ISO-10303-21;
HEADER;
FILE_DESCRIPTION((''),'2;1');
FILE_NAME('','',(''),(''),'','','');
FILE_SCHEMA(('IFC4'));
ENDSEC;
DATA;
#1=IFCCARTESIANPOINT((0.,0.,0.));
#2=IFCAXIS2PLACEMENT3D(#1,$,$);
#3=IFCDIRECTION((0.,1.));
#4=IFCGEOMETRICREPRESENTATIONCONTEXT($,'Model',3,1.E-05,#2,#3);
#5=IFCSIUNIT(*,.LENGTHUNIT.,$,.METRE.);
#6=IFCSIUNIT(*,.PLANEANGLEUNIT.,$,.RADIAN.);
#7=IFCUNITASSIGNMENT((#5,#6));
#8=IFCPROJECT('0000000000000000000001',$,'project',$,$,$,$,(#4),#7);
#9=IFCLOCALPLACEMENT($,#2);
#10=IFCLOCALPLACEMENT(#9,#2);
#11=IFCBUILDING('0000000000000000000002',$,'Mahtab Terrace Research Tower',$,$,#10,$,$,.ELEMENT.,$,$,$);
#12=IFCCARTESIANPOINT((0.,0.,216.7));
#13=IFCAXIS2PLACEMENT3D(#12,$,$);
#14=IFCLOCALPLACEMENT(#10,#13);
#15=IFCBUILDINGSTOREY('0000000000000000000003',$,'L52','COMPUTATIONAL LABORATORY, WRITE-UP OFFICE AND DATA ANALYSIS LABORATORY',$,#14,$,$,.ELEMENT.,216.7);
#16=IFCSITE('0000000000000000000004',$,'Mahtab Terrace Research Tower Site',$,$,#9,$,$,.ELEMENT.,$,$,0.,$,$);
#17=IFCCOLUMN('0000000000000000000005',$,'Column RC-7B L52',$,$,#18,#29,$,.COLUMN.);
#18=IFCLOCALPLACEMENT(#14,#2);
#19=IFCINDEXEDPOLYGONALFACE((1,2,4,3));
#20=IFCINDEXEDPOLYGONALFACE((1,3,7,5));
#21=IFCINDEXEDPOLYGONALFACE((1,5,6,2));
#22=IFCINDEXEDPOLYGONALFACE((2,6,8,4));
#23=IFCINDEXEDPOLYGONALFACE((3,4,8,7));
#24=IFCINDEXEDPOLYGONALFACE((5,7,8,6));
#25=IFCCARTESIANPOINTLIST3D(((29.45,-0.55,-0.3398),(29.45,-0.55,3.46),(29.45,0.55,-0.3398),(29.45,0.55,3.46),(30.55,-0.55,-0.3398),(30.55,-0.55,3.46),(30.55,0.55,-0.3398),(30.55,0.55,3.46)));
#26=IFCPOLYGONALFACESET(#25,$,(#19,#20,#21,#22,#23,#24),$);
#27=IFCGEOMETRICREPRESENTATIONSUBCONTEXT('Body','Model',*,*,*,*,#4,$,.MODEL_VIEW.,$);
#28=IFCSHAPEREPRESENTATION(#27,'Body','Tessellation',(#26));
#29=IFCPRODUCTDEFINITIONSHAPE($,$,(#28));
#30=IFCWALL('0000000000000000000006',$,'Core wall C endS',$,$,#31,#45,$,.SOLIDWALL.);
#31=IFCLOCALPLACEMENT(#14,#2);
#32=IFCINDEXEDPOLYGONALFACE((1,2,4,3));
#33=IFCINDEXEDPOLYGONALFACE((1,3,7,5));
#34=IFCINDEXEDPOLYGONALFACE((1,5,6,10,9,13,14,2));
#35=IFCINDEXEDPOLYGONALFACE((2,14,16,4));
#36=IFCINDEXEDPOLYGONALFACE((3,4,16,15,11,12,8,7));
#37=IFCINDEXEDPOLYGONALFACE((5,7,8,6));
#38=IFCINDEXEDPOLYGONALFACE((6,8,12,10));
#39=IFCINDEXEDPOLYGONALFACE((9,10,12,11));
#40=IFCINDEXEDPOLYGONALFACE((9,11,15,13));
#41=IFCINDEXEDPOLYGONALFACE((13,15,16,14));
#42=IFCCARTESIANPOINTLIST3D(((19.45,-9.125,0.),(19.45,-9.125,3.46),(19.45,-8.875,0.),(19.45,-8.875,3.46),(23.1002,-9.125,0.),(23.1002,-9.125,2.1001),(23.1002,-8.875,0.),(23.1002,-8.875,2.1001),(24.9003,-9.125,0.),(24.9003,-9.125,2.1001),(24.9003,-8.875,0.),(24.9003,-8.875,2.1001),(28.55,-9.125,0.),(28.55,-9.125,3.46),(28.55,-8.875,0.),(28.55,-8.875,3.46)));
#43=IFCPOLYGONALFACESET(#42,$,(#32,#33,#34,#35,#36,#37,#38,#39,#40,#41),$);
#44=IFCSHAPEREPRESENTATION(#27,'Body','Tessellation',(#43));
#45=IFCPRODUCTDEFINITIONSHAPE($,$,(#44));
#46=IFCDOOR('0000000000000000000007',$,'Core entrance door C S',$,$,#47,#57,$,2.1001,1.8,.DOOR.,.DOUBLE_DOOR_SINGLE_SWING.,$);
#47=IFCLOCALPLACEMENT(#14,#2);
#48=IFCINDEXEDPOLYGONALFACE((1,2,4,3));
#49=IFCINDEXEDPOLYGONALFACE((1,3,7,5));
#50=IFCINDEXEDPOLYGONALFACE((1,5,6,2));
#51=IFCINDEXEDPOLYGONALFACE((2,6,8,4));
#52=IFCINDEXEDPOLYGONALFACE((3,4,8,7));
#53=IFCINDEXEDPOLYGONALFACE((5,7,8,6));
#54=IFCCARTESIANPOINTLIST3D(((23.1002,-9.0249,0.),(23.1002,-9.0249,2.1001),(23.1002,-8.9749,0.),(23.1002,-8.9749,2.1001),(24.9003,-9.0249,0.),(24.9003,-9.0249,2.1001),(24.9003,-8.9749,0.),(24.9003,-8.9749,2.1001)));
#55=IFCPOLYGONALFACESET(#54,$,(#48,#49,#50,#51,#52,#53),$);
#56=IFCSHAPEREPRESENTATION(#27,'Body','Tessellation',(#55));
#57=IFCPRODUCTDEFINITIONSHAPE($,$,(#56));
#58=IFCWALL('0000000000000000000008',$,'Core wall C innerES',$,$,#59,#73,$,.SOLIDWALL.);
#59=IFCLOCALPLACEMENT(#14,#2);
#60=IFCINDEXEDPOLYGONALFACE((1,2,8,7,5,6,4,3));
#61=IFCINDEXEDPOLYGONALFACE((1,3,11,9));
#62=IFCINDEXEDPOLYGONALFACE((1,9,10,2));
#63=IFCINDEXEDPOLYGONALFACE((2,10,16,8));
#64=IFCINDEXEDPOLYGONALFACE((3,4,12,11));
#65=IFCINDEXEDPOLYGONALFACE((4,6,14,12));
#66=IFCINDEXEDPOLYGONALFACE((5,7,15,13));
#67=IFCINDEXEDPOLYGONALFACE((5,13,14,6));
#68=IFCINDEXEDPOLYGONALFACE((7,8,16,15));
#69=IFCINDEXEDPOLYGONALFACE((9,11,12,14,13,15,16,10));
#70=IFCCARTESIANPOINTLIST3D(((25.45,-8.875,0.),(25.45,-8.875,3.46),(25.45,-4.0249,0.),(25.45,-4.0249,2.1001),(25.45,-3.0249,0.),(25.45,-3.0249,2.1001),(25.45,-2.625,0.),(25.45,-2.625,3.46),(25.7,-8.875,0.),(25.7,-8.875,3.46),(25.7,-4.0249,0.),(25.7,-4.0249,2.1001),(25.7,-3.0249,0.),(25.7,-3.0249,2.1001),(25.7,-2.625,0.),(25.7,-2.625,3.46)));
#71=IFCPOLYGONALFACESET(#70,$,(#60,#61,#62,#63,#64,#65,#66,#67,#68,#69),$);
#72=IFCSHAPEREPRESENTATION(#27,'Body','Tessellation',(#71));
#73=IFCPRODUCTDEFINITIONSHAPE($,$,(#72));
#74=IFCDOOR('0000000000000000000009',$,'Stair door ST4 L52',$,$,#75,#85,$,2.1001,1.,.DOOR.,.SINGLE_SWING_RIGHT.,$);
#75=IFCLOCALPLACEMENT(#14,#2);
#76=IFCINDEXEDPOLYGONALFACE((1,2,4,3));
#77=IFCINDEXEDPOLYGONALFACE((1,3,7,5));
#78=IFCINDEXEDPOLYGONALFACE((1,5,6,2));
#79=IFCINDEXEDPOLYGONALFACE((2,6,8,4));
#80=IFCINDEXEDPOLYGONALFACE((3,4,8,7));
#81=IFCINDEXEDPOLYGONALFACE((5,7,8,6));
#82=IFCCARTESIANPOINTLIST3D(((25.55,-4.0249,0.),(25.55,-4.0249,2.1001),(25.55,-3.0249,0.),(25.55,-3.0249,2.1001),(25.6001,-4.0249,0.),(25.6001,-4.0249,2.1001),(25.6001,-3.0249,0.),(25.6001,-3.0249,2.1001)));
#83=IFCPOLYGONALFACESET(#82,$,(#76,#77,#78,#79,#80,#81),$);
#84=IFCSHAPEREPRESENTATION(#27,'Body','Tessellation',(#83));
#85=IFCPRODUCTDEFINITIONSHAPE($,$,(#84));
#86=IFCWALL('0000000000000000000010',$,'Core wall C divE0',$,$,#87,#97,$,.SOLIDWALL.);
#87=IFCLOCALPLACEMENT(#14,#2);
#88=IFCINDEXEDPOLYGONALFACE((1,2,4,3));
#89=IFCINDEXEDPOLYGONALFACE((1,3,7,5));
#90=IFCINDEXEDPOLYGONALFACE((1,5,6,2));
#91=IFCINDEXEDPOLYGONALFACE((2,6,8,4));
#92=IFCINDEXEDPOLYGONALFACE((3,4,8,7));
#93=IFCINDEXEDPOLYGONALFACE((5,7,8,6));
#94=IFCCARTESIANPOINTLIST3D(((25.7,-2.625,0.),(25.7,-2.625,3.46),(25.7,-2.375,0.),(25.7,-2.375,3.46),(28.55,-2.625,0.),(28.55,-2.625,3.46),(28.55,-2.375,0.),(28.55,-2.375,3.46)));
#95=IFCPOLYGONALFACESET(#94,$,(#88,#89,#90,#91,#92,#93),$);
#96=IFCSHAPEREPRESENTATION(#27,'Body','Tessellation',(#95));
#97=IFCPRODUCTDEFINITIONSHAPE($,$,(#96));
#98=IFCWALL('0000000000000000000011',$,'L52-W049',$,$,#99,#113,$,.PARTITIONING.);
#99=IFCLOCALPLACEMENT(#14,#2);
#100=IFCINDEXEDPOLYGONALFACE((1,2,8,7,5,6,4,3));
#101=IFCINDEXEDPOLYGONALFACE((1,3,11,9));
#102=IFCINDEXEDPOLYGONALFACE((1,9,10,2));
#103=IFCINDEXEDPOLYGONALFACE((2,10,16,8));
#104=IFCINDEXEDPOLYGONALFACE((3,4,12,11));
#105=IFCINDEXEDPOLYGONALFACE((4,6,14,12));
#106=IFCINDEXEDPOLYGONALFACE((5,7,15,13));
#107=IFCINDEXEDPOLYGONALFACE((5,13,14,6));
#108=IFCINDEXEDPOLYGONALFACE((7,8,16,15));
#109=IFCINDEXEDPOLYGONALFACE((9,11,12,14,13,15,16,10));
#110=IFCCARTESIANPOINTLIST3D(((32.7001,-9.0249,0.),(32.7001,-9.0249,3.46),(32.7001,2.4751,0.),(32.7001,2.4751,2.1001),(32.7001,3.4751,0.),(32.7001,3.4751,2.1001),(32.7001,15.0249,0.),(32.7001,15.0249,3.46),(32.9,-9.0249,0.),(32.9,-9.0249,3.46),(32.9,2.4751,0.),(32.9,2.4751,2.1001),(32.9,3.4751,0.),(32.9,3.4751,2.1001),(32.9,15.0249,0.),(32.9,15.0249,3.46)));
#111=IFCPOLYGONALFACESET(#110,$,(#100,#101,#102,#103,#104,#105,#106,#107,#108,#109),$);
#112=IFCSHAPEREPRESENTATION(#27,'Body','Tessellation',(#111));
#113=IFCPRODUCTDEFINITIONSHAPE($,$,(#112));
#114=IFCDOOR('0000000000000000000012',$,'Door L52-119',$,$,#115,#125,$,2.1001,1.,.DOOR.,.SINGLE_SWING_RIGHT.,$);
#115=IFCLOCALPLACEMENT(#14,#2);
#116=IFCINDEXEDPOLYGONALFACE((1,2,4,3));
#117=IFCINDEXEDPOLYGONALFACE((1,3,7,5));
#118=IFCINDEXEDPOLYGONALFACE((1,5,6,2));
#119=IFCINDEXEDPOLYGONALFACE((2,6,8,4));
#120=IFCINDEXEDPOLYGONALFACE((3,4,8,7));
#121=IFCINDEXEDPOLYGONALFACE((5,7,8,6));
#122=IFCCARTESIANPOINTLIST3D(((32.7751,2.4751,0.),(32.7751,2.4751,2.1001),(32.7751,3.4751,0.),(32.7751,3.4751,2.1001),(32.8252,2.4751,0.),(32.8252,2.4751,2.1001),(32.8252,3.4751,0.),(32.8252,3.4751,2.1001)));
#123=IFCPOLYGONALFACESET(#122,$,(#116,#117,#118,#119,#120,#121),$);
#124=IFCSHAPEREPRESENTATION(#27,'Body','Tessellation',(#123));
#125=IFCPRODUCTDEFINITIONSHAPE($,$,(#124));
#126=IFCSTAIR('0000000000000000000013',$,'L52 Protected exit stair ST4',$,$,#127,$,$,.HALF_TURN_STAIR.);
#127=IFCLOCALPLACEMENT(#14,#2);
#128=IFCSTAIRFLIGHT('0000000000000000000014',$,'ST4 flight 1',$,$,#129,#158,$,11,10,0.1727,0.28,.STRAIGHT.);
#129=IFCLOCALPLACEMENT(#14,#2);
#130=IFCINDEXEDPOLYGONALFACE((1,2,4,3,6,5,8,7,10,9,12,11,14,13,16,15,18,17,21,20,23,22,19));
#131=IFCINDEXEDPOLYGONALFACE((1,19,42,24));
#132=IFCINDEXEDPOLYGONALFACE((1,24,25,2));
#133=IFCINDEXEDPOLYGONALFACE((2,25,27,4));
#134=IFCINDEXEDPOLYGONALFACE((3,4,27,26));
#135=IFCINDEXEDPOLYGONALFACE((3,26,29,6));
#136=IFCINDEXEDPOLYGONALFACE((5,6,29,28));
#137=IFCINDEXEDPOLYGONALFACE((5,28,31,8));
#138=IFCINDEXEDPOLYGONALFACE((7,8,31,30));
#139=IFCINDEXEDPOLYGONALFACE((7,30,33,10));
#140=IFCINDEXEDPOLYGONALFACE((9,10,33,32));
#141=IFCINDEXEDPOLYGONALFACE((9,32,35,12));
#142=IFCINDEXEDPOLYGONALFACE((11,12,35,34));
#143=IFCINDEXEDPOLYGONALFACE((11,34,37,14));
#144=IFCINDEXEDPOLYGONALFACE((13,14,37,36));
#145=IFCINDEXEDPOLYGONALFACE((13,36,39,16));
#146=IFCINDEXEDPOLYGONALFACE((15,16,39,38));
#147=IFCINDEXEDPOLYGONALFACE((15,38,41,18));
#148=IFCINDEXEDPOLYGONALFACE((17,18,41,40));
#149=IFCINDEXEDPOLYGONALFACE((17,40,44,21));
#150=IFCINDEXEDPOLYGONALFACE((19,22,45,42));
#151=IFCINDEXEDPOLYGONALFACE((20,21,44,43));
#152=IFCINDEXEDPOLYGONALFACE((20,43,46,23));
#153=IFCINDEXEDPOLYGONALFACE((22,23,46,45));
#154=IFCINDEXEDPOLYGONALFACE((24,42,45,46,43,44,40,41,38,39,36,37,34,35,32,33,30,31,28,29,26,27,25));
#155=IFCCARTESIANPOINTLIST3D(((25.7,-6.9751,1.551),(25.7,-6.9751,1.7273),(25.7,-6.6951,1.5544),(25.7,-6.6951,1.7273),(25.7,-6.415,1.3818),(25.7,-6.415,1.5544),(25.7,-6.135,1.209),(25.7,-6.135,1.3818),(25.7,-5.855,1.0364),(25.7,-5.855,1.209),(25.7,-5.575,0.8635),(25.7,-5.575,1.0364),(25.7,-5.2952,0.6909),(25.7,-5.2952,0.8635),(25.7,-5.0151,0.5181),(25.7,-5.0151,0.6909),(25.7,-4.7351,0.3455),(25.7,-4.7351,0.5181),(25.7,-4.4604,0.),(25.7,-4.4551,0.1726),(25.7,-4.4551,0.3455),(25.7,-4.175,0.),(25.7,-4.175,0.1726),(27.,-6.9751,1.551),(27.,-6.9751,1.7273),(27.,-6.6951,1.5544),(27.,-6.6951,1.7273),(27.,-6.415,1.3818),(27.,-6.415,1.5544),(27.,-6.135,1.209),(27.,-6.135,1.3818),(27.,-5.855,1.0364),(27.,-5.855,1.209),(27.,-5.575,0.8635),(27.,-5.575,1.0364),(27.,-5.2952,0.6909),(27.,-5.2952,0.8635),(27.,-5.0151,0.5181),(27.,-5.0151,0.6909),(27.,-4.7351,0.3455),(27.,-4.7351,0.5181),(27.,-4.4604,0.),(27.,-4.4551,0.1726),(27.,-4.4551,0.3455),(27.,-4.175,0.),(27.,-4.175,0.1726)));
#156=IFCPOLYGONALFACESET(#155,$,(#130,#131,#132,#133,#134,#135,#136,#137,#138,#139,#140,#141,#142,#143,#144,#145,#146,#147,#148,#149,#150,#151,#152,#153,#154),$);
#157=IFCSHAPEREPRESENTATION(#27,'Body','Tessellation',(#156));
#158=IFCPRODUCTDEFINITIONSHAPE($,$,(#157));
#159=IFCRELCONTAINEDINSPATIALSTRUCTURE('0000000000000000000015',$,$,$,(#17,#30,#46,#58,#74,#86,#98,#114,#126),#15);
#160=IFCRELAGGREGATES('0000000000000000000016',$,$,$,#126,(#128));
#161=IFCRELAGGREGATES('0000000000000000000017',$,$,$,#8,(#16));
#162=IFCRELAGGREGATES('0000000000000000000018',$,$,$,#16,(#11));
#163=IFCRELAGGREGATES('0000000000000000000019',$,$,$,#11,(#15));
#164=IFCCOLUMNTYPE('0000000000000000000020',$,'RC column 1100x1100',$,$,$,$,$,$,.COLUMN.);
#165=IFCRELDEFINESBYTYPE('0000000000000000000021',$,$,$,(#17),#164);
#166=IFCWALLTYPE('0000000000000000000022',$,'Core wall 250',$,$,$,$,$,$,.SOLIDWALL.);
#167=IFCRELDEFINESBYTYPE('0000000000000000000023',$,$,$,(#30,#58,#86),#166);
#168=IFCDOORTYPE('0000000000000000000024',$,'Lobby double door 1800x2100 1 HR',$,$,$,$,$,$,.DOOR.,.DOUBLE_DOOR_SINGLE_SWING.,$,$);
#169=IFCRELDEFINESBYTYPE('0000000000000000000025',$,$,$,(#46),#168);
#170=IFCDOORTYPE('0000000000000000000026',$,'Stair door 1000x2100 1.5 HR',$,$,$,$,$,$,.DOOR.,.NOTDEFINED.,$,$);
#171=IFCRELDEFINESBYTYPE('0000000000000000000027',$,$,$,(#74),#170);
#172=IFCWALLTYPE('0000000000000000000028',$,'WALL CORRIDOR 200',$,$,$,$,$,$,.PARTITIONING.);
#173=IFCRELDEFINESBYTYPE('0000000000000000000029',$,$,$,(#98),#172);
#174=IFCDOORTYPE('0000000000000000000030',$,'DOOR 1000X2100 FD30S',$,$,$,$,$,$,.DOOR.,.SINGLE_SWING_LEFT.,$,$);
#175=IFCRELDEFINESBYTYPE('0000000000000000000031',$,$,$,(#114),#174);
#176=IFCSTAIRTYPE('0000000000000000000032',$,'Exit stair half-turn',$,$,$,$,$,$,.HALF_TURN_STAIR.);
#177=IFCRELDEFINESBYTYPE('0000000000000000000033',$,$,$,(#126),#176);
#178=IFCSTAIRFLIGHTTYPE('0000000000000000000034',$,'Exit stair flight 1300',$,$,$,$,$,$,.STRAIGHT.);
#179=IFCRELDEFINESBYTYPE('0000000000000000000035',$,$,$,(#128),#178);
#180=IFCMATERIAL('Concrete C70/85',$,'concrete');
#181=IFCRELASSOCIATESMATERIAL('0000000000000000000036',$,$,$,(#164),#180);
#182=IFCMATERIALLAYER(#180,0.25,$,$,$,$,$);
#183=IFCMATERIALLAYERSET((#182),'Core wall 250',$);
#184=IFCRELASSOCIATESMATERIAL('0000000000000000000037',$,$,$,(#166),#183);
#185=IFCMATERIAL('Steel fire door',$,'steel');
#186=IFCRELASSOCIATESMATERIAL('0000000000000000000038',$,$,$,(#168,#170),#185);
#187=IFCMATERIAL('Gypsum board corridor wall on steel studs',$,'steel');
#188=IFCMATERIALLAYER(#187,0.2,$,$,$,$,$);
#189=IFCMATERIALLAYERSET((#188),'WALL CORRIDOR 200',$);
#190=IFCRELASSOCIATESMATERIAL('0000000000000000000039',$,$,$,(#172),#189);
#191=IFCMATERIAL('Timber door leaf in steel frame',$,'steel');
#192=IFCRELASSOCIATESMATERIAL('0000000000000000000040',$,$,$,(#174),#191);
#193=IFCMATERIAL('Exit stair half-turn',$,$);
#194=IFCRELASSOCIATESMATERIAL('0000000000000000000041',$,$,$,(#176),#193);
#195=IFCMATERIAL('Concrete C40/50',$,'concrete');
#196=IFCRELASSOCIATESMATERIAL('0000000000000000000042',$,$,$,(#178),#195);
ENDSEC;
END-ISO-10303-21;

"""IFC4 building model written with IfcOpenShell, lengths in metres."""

from ifc_helpers import new_model, si_unit, direction, frame, frame_2d, origin, origin_2d, place, context, subcontext, project, spatial, polyline, rectangle, outline, extrude, material, layer, layer_set, material_profile, profile_set, type_object, element, fill, aggregate, save


model = new_model("IFC4")

# Units and contexts
model_context = context("Model", 3, precision=1e-05, world=origin(), true_north=direction((0.0, 1.0)))
body_context = subcontext(model_context, "Body", "Model", "MODEL_VIEW")
ifc_project = project(units=[si_unit("LENGTHUNIT", "METRE"), si_unit("PLANEANGLEUNIT", "RADIAN")], contexts=[model_context])

# Site, building, storey
site_placement = place(None, origin())
site = spatial("IfcSite", under=ifc_project, at=site_placement, Name="Mahtab Terrace Research Tower Site", CompositionType="ELEMENT", RefElevation=0.0)
building_placement = place(site_placement, origin())
building = spatial("IfcBuilding", under=site, at=building_placement, Name="Mahtab Terrace Research Tower", CompositionType="ELEMENT")
storey_placement = place(building_placement, frame((0.0, 0.0, 216.7)))
storey = spatial("IfcBuildingStorey", under=building, at=storey_placement, Name="L52", Description="COMPUTATIONAL LABORATORY, WRITE-UP OFFICE AND DATA ANALYSIS LABORATORY", CompositionType="ELEMENT", Elevation=216.7)

# Column
ifc_material_1 = material(Name="Concrete C70/85", Category="concrete")
ifc_material_profile = material_profile(ifc_material_1, rectangle(XDim=1.1001, YDim=1.1001, at=origin_2d()), Name="RC column 1100x1100")
ifc_profile_set = profile_set([ifc_material_profile], Name="Concrete C70/85")
column_type = type_object("IfcColumnType", Name="RC column 1100x1100", PredefinedType="COLUMN", material=ifc_profile_set)
column_placement = place(storey_placement, frame((30.0, 0.0, -0.3398), z_axis=(0.0, 0.0, 1.0), x_axis=(1.0, 0.0, 0.0)))
element("IfcColumn", 1, at=column_placement, inside=storey, type_object=column_type, Name="Column RC-7B L52", PredefinedType="COLUMN", context=body_context, shape_type="SweptSolid", body=[
    extrude(rectangle(XDim=1.1001, YDim=1.1001, at=origin_2d()), origin(), (0.0, 0.0, 1.0), 3.7998),
])

# Walls, openings, doors
ifc_layer_1 = layer(ifc_material_1, 0.25)
ifc_layer_set_1 = layer_set([ifc_layer_1], Name="Core wall 250")
wall_type_1 = type_object("IfcWallType", Name="Core wall 250", PredefinedType="SOLIDWALL", material=ifc_layer_set_1)
wall_1_placement = place(storey_placement, frame((28.55, -9.0, 0.0), z_axis=(0.0, 0.0, 1.0), x_axis=(-1.0, 0.0, 0.0)))
wall_1 = element("IfcWall", 2, at=wall_1_placement, inside=storey, type_object=wall_type_1, Name="Core wall C endS", PredefinedType="SOLIDWALL", context=body_context, shape_type="SweptSolid", body=[
    extrude(rectangle(XDim=9.1001, YDim=0.25, at=frame_2d((4.55, 0.0))), origin(), (0.0, 0.0, 1.0), 3.46),
])
opening_1_placement = place(wall_1_placement, frame((3.6499, 0.0, 0.0)))
opening_1 = element("IfcOpeningElement", 3, at=opening_1_placement, cuts=wall_1, PredefinedType="OPENING", context=body_context, shape_type="SweptSolid", body=[
    extrude(rectangle(XDim=1.8, YDim=2.1001, at=frame_2d((0.8999, 1.05))), frame((0.0, 0.135, 0.0), z_axis=(0.0, -1.0, 0.0), x_axis=(1.0, 0.0, 0.0)), (0.0, 0.0, 1.0), 0.27),
])
ifc_material_2 = material(Name="Steel fire door", Category="steel")
door_type_1 = type_object("IfcDoorType", Name="Lobby double door 1800x2100 1 HR", OperationType="DOUBLE_DOOR_SINGLE_SWING", PredefinedType="DOOR", material=ifc_material_2)
door_1_placement = place(opening_1_placement, origin())
door_1 = element("IfcDoor", 4, at=door_1_placement, inside=storey, type_object=door_type_1, Name="Core entrance door C S", OperationType="DOUBLE_DOOR_SINGLE_SWING", OverallHeight=2.1001, OverallWidth=1.8, PredefinedType="DOOR", context=body_context, shape_type="SweptSolid", body=[
    extrude(rectangle(XDim=1.8, YDim=2.1001, at=frame_2d((0.8999, 1.05))), frame((0.0, 0.0249, 0.0), z_axis=(0.0, -1.0, 0.0), x_axis=(1.0, 0.0, 0.0)), (0.0, 0.0, 1.0), 0.05),
])
fill(opening_1, door_1)
wall_2_placement = place(storey_placement, frame((25.575, -8.875, 0.0), z_axis=(0.0, 0.0, 1.0), x_axis=(0.0, 1.0, 0.0)))
wall_2 = element("IfcWall", 5, at=wall_2_placement, inside=storey, type_object=wall_type_1, Name="Core wall C innerES", PredefinedType="SOLIDWALL", context=body_context, shape_type="SweptSolid", body=[
    extrude(rectangle(XDim=6.25, YDim=0.25, at=frame_2d((3.125, 0.0))), origin(), (0.0, 0.0, 1.0), 3.46),
])
opening_2_placement = place(wall_2_placement, frame((4.8501, 0.0, 0.0)))
opening_2 = element("IfcOpeningElement", 6, at=opening_2_placement, cuts=wall_2, PredefinedType="OPENING", context=body_context, shape_type="SweptSolid", body=[
    extrude(rectangle(XDim=1.0, YDim=2.1001, at=frame_2d((0.5, 1.05))), frame((0.0, 0.135, 0.0), z_axis=(0.0, -1.0, 0.0), x_axis=(1.0, 0.0, 0.0)), (0.0, 0.0, 1.0), 0.27),
])
door_type_2 = type_object("IfcDoorType", Name="Stair door 1000x2100 1.5 HR", OperationType="NOTDEFINED", PredefinedType="DOOR", material=ifc_material_2)
door_2_placement = place(opening_2_placement, origin())
door_2 = element("IfcDoor", 7, at=door_2_placement, inside=storey, type_object=door_type_2, Name="Stair door ST4 L52", OperationType="SINGLE_SWING_RIGHT", OverallHeight=2.1001, OverallWidth=1.0, PredefinedType="DOOR", context=body_context, shape_type="SweptSolid", body=[
    extrude(rectangle(XDim=1.0, YDim=2.1001, at=frame_2d((0.5, 1.05))), frame((0.0, 0.0249, 0.0), z_axis=(0.0, -1.0, 0.0), x_axis=(1.0, 0.0, 0.0)), (0.0, 0.0, 1.0), 0.05),
])
fill(opening_2, door_2)

# Wall
wall_3_placement = place(storey_placement, frame((25.7, -2.5, 0.0), z_axis=(0.0, 0.0, 1.0), x_axis=(1.0, 0.0, 0.0)))
element("IfcWall", 8, at=wall_3_placement, inside=storey, type_object=wall_type_1, Name="Core wall C divE0", PredefinedType="SOLIDWALL", context=body_context, shape_type="SweptSolid", body=[
    extrude(rectangle(XDim=2.8501, YDim=0.25, at=frame_2d((1.425, 0.0))), origin(), (0.0, 0.0, 1.0), 3.46),
])

# Wall, opening, door
ifc_material_3 = material(Name="Gypsum board corridor wall on steel studs", Category="steel")
ifc_layer_2 = layer(ifc_material_3, 0.2)
ifc_layer_set_2 = layer_set([ifc_layer_2], Name="WALL CORRIDOR 200")
wall_type_2 = type_object("IfcWallType", Name="WALL CORRIDOR 200", PredefinedType="PARTITIONING", material=ifc_layer_set_2)
wall_4_placement = place(storey_placement, frame((32.8, -9.0249, 0.0), z_axis=(0.0, 0.0, 1.0), x_axis=(0.0, 1.0, 0.0)))
wall_4 = element("IfcWall", 9, at=wall_4_placement, inside=storey, type_object=wall_type_2, Name="L52-W049", PredefinedType="PARTITIONING", context=body_context, shape_type="SweptSolid", body=[
    extrude(rectangle(XDim=24.0498, YDim=0.2, at=frame_2d((12.0249, 0.0))), origin(), (0.0, 0.0, 1.0), 3.46),
])
opening_3_placement = place(wall_4_placement, frame((11.5, 0.0, 0.0)))
opening_3 = element("IfcOpeningElement", 10, at=opening_3_placement, cuts=wall_4, PredefinedType="OPENING", context=body_context, shape_type="SweptSolid", body=[
    extrude(rectangle(XDim=1.0, YDim=2.1001, at=frame_2d((0.5, 1.05))), frame((0.0, 0.1099, 0.0), z_axis=(0.0, -1.0, 0.0), x_axis=(1.0, 0.0, 0.0)), (0.0, 0.0, 1.0), 0.22),
])
ifc_material_4 = material(Name="Timber door leaf in steel frame", Category="steel")
door_type_3 = type_object("IfcDoorType", Name="DOOR 1000X2100 FD30S", OperationType="SINGLE_SWING_LEFT", PredefinedType="DOOR", material=ifc_material_4)
door_3_placement = place(opening_3_placement, origin())
door_3 = element("IfcDoor", 11, at=door_3_placement, inside=storey, type_object=door_type_3, Name="Door L52-119", OperationType="SINGLE_SWING_RIGHT", OverallHeight=2.1001, OverallWidth=1.0, PredefinedType="DOOR", context=body_context, shape_type="SweptSolid", body=[
    extrude(rectangle(XDim=1.0, YDim=2.1001, at=frame_2d((0.5, 1.05))), frame((0.0, 0.0249, 0.0), z_axis=(0.0, -1.0, 0.0), x_axis=(1.0, 0.0, 0.0)), (0.0, 0.0, 1.0), 0.05),
])
fill(opening_3, door_3)

# Stair, stair flight
ifc_material_5 = material(Name="Exit stair half-turn")
stair_type = type_object("IfcStairType", Name="Exit stair half-turn", PredefinedType="HALF_TURN_STAIR", material=ifc_material_5)
stair_placement = place(storey_placement, origin())
stair = element("IfcStair", 12, at=stair_placement, inside=storey, type_object=stair_type, Name="L52 Protected exit stair ST4", PredefinedType="HALF_TURN_STAIR")
ifc_material_6 = material(Name="Concrete C40/50", Category="concrete")
stair_flight_type = type_object("IfcStairFlightType", Name="Exit stair flight 1300", PredefinedType="STRAIGHT", material=ifc_material_6)
stair_flight_1_placement = place(storey_placement, frame((26.3501, -4.175, 0.0), z_axis=(0.0, 0.0, 1.0), x_axis=(0.0, -1.0, 0.0)))
stair_flight_1 = element("IfcStairFlight", 13, at=stair_flight_1_placement, type_object=stair_flight_type, Name="ST4 flight 1", NumberOfRisers=11, NumberOfTreads=10, PredefinedType="STRAIGHT", RiserHeight=0.1727, TreadLength=0.28, context=body_context, shape_type="SweptSolid", body=[
    extrude(outline(polyline([(0.0, 0.0), (0.0, 0.1726), (0.28, 0.1726), (0.28, 0.3455), (0.5601, 0.3455), (0.5601, 0.5181), (0.8401, 0.5181), (0.8401, 0.6909), (1.1201, 0.6909), (1.1201, 0.8635), (1.3999, 0.8635), (1.3999, 1.0364), (1.6799, 1.0364), (1.6799, 1.209), (1.96, 1.209), (1.96, 1.3818), (2.24, 1.3818), (2.24, 1.5544), (2.52, 1.5544), (2.52, 1.7273), (2.8, 1.7273), (2.8, 1.8999), (2.8, 1.551), (0.2854, 0.0), (0.0, 0.0)])), frame((0.0, 0.6499, 0.0), z_axis=(0.0, -1.0, 0.0), x_axis=(1.0, 0.0, 0.0)), (0.0, 0.0, 1.0), 1.3),
])
aggregate(stair, [stair_flight_1])

save(model, "model.ifc")
